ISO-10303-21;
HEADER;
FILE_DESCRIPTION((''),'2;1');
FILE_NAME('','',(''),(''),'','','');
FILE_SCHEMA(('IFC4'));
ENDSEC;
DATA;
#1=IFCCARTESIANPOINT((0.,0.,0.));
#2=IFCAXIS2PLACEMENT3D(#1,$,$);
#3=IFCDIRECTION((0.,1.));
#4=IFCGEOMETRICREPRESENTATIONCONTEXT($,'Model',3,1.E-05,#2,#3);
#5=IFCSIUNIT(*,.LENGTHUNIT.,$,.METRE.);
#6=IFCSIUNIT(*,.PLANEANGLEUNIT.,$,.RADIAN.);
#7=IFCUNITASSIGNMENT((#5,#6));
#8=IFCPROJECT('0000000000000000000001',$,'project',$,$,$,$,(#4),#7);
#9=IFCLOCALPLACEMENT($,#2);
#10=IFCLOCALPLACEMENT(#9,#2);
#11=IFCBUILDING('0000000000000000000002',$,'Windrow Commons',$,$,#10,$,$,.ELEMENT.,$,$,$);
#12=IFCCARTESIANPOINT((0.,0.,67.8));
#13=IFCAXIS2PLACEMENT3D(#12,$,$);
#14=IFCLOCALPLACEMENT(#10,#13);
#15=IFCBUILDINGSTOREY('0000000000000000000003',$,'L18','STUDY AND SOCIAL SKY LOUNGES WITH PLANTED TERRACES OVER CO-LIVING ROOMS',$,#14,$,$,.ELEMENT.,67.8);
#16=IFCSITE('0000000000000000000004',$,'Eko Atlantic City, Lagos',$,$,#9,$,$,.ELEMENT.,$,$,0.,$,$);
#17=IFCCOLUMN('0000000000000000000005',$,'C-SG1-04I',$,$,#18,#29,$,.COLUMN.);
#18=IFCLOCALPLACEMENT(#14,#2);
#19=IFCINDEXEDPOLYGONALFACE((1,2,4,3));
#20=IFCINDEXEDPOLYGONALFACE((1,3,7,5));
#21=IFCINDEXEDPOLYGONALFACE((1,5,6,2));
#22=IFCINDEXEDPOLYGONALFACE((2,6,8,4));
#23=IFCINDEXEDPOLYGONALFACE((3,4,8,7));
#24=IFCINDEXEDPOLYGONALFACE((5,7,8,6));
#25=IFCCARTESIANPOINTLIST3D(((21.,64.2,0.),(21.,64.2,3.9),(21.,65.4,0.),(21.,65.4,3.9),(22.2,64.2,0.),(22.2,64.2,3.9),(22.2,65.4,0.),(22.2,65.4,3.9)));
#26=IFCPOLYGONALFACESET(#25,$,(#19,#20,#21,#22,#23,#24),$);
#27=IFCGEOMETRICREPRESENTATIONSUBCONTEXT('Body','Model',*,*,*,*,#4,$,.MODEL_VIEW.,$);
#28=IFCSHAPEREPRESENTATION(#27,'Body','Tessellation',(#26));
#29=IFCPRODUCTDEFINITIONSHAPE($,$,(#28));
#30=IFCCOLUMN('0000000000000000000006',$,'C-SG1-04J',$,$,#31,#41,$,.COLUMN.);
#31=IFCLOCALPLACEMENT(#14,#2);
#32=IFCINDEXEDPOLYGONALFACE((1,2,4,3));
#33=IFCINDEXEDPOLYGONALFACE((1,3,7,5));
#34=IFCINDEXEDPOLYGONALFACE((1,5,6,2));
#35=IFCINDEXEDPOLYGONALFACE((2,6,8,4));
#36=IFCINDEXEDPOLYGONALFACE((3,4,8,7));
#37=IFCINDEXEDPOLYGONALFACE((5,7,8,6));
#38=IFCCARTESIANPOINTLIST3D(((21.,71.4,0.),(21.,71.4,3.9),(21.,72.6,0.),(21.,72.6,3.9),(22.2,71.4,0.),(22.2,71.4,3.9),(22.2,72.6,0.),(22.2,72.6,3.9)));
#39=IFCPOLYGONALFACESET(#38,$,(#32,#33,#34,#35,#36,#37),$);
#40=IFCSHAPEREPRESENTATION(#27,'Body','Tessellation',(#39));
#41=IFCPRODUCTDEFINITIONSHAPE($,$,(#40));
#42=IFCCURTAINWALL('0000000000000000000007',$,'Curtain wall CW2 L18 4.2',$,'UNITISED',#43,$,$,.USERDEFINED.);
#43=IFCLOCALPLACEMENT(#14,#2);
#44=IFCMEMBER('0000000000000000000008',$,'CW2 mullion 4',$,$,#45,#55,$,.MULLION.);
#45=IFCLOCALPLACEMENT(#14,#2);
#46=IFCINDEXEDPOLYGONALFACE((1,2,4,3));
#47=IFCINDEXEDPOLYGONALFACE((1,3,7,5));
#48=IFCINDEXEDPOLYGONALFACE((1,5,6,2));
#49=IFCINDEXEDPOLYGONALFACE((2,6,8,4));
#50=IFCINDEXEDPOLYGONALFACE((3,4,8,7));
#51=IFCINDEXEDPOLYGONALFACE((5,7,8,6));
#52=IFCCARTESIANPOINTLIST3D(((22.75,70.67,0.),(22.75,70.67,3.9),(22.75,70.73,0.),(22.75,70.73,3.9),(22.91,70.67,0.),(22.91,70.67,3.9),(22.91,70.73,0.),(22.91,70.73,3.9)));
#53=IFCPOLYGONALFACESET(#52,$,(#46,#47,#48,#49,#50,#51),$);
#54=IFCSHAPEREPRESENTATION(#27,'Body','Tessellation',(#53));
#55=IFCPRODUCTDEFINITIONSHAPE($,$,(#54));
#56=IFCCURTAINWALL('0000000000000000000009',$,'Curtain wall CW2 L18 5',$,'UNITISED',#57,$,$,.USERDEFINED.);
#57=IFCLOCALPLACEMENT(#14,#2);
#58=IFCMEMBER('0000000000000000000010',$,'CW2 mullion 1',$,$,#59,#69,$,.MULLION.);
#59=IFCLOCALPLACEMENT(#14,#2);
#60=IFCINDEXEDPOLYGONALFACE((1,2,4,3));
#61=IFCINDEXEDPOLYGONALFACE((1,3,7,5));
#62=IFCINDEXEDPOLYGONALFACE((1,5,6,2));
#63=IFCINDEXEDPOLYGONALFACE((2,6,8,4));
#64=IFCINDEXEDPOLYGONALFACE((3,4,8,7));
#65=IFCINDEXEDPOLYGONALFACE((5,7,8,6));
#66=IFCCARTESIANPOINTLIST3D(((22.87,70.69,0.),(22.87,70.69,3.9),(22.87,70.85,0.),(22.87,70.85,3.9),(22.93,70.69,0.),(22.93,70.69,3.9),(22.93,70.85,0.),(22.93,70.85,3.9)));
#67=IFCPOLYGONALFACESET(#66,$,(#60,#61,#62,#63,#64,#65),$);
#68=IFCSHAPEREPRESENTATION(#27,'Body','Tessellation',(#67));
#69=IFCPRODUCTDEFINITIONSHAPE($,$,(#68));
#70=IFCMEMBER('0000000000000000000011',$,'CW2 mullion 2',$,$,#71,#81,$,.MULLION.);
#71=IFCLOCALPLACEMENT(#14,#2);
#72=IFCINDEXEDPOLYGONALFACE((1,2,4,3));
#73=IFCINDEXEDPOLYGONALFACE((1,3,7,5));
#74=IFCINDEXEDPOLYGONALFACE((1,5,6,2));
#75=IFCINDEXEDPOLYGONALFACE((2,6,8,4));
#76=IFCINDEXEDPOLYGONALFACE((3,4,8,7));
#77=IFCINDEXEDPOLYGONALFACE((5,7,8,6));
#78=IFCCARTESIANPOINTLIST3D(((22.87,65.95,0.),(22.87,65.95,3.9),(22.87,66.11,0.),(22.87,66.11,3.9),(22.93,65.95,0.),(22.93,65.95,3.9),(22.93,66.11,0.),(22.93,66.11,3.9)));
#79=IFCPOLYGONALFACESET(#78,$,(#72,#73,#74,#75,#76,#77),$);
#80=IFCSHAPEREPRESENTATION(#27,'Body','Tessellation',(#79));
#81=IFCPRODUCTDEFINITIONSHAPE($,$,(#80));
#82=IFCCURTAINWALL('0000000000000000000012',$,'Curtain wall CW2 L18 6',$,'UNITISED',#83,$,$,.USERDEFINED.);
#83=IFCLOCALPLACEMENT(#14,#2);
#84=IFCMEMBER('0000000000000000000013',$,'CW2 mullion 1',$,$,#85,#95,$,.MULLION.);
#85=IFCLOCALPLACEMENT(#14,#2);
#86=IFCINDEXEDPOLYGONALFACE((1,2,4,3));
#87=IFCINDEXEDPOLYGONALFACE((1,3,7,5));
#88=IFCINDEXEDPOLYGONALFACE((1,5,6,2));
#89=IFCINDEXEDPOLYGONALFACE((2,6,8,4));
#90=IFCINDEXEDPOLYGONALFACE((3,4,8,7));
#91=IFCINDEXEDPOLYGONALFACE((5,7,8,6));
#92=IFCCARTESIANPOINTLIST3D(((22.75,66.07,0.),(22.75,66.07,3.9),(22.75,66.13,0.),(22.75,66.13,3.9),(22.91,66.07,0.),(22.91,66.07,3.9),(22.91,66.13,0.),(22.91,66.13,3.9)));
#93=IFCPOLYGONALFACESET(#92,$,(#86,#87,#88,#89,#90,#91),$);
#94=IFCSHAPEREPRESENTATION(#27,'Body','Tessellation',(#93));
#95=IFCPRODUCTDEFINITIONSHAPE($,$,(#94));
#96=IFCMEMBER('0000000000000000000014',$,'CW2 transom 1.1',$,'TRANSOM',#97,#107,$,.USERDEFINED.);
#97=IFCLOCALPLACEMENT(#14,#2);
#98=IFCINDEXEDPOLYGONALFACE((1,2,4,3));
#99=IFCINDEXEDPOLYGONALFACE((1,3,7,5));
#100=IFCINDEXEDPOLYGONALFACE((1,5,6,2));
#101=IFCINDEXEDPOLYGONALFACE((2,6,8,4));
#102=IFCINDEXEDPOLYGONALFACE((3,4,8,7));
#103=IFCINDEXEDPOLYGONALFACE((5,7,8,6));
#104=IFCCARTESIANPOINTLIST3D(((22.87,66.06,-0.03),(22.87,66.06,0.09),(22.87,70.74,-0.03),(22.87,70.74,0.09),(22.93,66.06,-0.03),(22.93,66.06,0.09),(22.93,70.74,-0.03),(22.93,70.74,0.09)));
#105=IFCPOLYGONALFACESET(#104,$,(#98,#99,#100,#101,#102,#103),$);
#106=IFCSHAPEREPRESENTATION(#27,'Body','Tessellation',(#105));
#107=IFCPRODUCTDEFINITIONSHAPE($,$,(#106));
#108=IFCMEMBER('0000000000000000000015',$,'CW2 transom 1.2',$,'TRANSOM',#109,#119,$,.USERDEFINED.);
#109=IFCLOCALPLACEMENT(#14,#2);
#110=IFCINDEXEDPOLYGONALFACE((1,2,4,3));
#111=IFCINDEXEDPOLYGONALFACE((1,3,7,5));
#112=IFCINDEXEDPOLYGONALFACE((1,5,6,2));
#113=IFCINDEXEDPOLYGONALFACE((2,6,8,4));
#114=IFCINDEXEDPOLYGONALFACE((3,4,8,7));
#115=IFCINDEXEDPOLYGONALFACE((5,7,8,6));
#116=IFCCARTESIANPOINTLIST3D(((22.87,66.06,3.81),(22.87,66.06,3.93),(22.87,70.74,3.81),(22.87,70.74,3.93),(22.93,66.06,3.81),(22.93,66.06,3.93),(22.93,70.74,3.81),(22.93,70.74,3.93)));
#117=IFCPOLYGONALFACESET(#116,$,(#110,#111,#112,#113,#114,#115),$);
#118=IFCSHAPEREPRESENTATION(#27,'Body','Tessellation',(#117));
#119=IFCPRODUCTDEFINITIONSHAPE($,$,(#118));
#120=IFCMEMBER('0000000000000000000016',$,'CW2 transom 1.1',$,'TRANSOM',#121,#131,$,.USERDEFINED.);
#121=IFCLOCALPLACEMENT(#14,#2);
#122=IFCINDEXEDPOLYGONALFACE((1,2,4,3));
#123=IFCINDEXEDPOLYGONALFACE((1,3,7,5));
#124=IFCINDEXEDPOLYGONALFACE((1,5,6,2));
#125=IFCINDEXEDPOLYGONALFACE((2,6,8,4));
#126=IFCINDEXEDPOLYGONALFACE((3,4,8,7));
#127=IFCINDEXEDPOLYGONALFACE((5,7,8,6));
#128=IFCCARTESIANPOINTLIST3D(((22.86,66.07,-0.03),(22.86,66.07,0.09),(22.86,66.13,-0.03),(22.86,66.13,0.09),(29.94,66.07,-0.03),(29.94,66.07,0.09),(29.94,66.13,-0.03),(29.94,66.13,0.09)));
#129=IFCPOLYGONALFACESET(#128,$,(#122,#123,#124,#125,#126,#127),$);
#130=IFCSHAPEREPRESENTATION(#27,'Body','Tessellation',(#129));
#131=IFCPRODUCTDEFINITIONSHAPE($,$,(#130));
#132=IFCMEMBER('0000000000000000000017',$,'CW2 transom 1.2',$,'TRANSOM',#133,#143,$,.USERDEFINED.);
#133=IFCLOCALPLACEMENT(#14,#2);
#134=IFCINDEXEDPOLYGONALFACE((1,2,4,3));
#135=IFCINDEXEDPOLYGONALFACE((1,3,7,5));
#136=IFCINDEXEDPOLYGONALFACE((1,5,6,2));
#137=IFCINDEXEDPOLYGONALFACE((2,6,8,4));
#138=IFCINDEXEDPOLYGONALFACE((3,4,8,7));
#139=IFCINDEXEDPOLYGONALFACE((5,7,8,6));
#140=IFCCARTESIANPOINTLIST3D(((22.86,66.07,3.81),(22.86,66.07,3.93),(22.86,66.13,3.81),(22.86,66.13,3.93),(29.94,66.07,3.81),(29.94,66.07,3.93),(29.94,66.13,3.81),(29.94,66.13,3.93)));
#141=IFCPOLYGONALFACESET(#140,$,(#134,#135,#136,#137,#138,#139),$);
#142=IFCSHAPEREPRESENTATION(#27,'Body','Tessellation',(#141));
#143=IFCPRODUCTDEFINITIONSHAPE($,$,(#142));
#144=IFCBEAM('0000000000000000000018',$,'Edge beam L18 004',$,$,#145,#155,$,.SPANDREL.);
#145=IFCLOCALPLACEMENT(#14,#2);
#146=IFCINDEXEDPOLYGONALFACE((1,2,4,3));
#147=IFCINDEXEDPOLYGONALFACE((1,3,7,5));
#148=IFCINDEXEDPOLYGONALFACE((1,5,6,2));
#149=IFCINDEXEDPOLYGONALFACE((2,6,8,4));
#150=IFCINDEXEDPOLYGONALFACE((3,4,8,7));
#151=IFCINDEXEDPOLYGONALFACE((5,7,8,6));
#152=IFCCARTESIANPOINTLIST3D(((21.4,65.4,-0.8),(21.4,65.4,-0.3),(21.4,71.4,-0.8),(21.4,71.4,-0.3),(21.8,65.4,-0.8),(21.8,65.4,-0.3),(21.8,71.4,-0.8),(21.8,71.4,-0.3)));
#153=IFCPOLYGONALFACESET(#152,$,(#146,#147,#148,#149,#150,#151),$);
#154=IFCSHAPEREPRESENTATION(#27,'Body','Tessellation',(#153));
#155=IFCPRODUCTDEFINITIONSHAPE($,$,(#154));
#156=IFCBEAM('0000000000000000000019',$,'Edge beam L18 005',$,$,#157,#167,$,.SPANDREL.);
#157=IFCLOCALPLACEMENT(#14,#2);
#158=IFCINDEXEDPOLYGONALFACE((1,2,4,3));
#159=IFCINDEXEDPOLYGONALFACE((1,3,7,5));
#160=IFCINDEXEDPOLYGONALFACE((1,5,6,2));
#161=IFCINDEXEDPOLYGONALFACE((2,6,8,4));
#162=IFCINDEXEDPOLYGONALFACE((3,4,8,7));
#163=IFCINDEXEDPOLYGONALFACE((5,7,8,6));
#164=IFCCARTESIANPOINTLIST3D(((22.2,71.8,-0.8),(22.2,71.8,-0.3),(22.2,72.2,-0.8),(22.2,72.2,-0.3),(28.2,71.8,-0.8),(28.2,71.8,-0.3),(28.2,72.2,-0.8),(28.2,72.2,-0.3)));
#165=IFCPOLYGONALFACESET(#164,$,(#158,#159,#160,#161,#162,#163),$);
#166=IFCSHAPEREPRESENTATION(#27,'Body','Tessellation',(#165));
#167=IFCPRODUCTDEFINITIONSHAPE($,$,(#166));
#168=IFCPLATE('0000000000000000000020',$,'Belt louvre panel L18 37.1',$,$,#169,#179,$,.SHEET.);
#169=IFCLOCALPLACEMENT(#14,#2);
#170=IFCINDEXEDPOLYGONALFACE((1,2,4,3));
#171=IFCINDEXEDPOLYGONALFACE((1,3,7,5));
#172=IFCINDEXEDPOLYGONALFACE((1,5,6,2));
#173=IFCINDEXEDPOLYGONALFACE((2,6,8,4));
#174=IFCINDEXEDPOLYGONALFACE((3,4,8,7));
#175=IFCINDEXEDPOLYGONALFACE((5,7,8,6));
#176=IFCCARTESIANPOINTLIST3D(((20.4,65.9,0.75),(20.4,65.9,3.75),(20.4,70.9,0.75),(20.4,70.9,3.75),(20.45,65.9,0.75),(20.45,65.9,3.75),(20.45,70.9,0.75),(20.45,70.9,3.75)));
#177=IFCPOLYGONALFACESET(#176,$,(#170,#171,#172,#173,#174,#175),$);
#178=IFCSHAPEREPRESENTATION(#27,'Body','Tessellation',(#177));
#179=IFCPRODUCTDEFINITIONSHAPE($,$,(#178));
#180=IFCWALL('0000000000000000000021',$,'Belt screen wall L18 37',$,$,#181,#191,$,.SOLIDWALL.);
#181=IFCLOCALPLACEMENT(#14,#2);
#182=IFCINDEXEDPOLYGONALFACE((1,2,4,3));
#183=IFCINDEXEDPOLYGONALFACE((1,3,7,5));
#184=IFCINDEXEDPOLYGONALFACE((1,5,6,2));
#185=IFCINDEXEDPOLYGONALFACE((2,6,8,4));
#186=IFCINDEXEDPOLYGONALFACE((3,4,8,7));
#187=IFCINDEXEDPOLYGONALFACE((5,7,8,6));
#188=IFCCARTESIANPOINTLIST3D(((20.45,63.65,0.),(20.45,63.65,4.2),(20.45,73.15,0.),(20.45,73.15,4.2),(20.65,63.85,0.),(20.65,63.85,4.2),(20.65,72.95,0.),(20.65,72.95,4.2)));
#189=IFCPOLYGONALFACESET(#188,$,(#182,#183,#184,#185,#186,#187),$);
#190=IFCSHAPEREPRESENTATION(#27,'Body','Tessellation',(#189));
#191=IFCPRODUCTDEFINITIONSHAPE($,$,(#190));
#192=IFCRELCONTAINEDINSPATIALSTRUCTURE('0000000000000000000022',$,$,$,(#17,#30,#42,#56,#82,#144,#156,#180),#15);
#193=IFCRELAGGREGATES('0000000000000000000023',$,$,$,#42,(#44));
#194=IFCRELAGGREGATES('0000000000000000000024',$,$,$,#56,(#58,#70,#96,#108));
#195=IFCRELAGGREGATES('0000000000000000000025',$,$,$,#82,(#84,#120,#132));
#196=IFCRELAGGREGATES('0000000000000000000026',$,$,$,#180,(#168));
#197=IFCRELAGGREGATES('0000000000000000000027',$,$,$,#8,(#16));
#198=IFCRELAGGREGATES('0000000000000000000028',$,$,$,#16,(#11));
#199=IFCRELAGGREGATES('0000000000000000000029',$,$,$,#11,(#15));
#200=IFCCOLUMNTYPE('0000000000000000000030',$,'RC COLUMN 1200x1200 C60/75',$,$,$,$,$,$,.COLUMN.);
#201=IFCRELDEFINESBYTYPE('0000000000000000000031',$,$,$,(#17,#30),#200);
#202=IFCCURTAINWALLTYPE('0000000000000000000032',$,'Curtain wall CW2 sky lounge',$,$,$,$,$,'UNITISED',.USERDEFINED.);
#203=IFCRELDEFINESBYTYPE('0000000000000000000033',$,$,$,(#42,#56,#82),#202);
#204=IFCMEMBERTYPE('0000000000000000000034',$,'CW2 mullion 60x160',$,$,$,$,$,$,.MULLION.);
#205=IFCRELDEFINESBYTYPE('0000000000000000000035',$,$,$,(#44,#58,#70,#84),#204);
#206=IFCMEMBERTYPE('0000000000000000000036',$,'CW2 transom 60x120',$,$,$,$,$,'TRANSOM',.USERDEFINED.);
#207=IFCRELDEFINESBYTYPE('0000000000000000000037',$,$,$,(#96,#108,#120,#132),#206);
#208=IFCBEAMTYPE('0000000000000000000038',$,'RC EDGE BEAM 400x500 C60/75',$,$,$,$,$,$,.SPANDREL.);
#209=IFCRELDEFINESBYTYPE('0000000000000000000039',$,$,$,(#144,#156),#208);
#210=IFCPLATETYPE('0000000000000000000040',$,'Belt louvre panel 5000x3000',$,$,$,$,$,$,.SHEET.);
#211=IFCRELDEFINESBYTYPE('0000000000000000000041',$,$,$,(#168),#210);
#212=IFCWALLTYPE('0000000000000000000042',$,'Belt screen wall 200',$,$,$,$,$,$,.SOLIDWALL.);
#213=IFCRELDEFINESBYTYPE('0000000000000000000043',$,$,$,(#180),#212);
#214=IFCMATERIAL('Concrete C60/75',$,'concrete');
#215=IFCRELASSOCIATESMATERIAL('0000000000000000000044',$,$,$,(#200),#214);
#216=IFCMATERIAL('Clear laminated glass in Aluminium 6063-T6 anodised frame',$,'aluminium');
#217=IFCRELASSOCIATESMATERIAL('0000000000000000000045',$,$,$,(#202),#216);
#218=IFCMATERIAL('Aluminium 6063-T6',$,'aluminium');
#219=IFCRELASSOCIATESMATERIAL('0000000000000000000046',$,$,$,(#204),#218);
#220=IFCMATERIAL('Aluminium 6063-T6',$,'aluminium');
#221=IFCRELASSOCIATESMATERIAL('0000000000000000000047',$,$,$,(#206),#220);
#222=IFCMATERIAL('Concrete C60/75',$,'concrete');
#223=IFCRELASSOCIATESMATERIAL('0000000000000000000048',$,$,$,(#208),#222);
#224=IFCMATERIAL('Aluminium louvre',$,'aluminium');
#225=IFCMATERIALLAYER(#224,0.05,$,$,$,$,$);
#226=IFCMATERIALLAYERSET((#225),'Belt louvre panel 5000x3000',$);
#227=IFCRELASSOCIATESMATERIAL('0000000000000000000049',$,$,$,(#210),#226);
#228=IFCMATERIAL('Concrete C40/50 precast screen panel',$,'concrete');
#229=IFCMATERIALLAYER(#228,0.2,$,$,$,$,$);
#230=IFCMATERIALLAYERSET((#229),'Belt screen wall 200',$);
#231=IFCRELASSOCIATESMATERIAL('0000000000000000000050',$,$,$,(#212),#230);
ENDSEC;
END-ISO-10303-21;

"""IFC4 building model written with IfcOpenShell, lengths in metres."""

from ifc_helpers import new_model, si_unit, direction, frame, origin, origin_2d, place, context, subcontext, project, spatial, polyline, rectangle, outline, extrude, material, layer, layer_set, material_profile, profile_set, type_object, element, aggregate, save


model = new_model("IFC4")

# Units and contexts
model_context = context("Model", 3, precision=1e-05, world=origin(), true_north=direction((0.0, 1.0)))
body_context = subcontext(model_context, "Body", "Model", "MODEL_VIEW")
ifc_project = project(units=[si_unit("LENGTHUNIT", "METRE"), si_unit("PLANEANGLEUNIT", "RADIAN")], contexts=[model_context])

# Site, building, storey
site_placement = place(None, origin())
site = spatial("IfcSite", under=ifc_project, at=site_placement, Name="Eko Atlantic City, Lagos", CompositionType="ELEMENT", RefElevation=0.0)
building_placement = place(site_placement, origin())
building = spatial("IfcBuilding", under=site, at=building_placement, Name="Windrow Commons", CompositionType="ELEMENT")
storey_placement = place(building_placement, frame((0.0, 0.0, 67.8)))
storey = spatial("IfcBuildingStorey", under=building, at=storey_placement, Name="L18", Description="STUDY AND SOCIAL SKY LOUNGES WITH PLANTED TERRACES OVER CO-LIVING ROOMS", CompositionType="ELEMENT", Elevation=67.8)

# Columns
ifc_material_1 = material(Name="Concrete C60/75", Category="concrete")
ifc_material_profile_1 = material_profile(ifc_material_1, rectangle(XDim=1.2, YDim=1.2, at=origin_2d()))
ifc_profile_set_1 = profile_set([ifc_material_profile_1], Name="Concrete C60/75")
column_type = type_object("IfcColumnType", Name="RC COLUMN 1200x1200 C60/75", PredefinedType="COLUMN", material=ifc_profile_set_1)
for number, where, z_axis, x_axis, name in (
    (1, (21.6, 64.8, 0.0), (0.0, 0.0, 1.0), (1.0, 0.0, 0.0), "C-SG1-04I"),
    (2, (21.6, 72.0, 0.0), (0.0, 0.0, 1.0), (1.0, 0.0, 0.0), "C-SG1-04J"),
):
    element("IfcColumn", number, at=place(storey_placement, frame(where, z_axis=z_axis, x_axis=x_axis)), inside=storey, type_object=column_type, Name=name, PredefinedType="COLUMN", context=body_context, shape_type="SweptSolid", body=[
        extrude(rectangle(XDim=1.2, YDim=1.2, at=origin_2d()), origin(), (0.0, 0.0, 1.0), 3.9),
    ])

# Curtain wall, member
ifc_material_2 = material(Name="Clear laminated glass in Aluminium 6063-T6 anodised frame", Category="aluminium")
curtain_wall_type = type_object("IfcCurtainWallType", Name="Curtain wall CW2 sky lounge", ElementType="UNITISED", PredefinedType="USERDEFINED", material=ifc_material_2)
placement = place(storey_placement, origin())
curtain_wall_1 = element("IfcCurtainWall", 3, at=placement, inside=storey, type_object=curtain_wall_type, Name="Curtain wall CW2 L18 4.2", ObjectType="UNITISED", PredefinedType="USERDEFINED")
ifc_material_3 = material(Name="Aluminium 6063-T6", Category="aluminium")
ifc_material_profile_2 = material_profile(ifc_material_3, rectangle(XDim=0.06, YDim=0.16, at=origin_2d()))
ifc_profile_set_2 = profile_set([ifc_material_profile_2], Name="Aluminium 6063-T6")
member_type_1 = type_object("IfcMemberType", Name="CW2 mullion 60x160", PredefinedType="MULLION", material=ifc_profile_set_2)
member_1_placement = place(storey_placement, frame((22.83, 70.7, 0.0), z_axis=(0.0, 0.0, 1.0), x_axis=(0.0, -1.0, 0.0)))
member_1 = element("IfcMember", 4, at=member_1_placement, type_object=member_type_1, Name="CW2 mullion 4", PredefinedType="MULLION", context=body_context, shape_type="SweptSolid", body=[
    extrude(rectangle(XDim=0.06, YDim=0.16, at=origin_2d()), origin(), (0.0, 0.0, 1.0), 3.9),
])

# Curtain wall, members
curtain_wall_2 = element("IfcCurtainWall", 5, at=placement, inside=storey, type_object=curtain_wall_type, Name="Curtain wall CW2 L18 5", ObjectType="UNITISED", PredefinedType="USERDEFINED")
member_2_placement = place(storey_placement, frame((22.9, 70.77, 0.0), z_axis=(0.0, 0.0, 1.0), x_axis=(1.0, 0.0, 0.0)))
member_2 = element("IfcMember", 6, at=member_2_placement, type_object=member_type_1, Name="CW2 mullion 1", PredefinedType="MULLION", context=body_context, shape_type="SweptSolid", body=[
    extrude(rectangle(XDim=0.06, YDim=0.16, at=origin_2d()), origin(), (0.0, 0.0, 1.0), 3.9),
])
member_3_placement = place(storey_placement, frame((22.9, 66.03, 0.0), z_axis=(0.0, 0.0, 1.0), x_axis=(1.0, 0.0, 0.0)))
member_3 = element("IfcMember", 7, at=member_3_placement, type_object=member_type_1, Name="CW2 mullion 2", PredefinedType="MULLION", context=body_context, shape_type="SweptSolid", body=[
    extrude(rectangle(XDim=0.06, YDim=0.16, at=origin_2d()), origin(), (0.0, 0.0, 1.0), 3.9),
])

# Curtain wall, member
curtain_wall_3 = element("IfcCurtainWall", 8, at=placement, inside=storey, type_object=curtain_wall_type, Name="Curtain wall CW2 L18 6", ObjectType="UNITISED", PredefinedType="USERDEFINED")
member_4_placement = place(storey_placement, frame((22.83, 66.1, 0.0), z_axis=(0.0, 0.0, 1.0), x_axis=(0.0, 1.0, 0.0)))
member_4 = element("IfcMember", 9, at=member_4_placement, type_object=member_type_1, Name="CW2 mullion 1", PredefinedType="MULLION", context=body_context, shape_type="SweptSolid", body=[
    extrude(rectangle(XDim=0.06, YDim=0.16, at=origin_2d()), origin(), (0.0, 0.0, 1.0), 3.9),
])

# Members
ifc_material_4 = material(Name="Aluminium 6063-T6", Category="aluminium")
ifc_material_profile_3 = material_profile(ifc_material_4, rectangle(XDim=0.06, YDim=0.12, at=origin_2d()))
ifc_profile_set_3 = profile_set([ifc_material_profile_3], Name="Aluminium 6063-T6")
member_type_2 = type_object("IfcMemberType", Name="CW2 transom 60x120", ElementType="TRANSOM", PredefinedType="USERDEFINED", material=ifc_profile_set_3)
member_5_placement = place(storey_placement, frame((22.9, 70.74, 0.03), z_axis=(0.0, -1.0, 0.0), x_axis=(1.0, 0.0, 0.0)))
member_5 = element("IfcMember", 10, at=member_5_placement, type_object=member_type_2, Name="CW2 transom 1.1", ObjectType="TRANSOM", PredefinedType="USERDEFINED", context=body_context, shape_type="SweptSolid", body=[
    extrude(rectangle(XDim=0.06, YDim=0.12, at=origin_2d()), origin(), (0.0, 0.0, 1.0), 4.68),
])
member_6_placement = place(storey_placement, frame((22.9, 70.74, 3.87), z_axis=(0.0, -1.0, 0.0), x_axis=(1.0, 0.0, 0.0)))
member_6 = element("IfcMember", 11, at=member_6_placement, type_object=member_type_2, Name="CW2 transom 1.2", ObjectType="TRANSOM", PredefinedType="USERDEFINED", context=body_context, shape_type="SweptSolid", body=[
    extrude(rectangle(XDim=0.06, YDim=0.12, at=origin_2d()), origin(), (0.0, 0.0, 1.0), 4.68),
])
member_7_placement = place(storey_placement, frame((22.86, 66.1, 0.03), z_axis=(1.0, 0.0, 0.0), x_axis=(0.0, 1.0, 0.0)))
member_7 = element("IfcMember", 12, at=member_7_placement, type_object=member_type_2, Name="CW2 transom 1.1", ObjectType="TRANSOM", PredefinedType="USERDEFINED", context=body_context, shape_type="SweptSolid", body=[
    extrude(rectangle(XDim=0.06, YDim=0.12, at=origin_2d()), origin(), (0.0, 0.0, 1.0), 7.08),
])
member_8_placement = place(storey_placement, frame((22.86, 66.1, 3.87), z_axis=(1.0, 0.0, 0.0), x_axis=(0.0, 1.0, 0.0)))
member_8 = element("IfcMember", 13, at=member_8_placement, type_object=member_type_2, Name="CW2 transom 1.2", ObjectType="TRANSOM", PredefinedType="USERDEFINED", context=body_context, shape_type="SweptSolid", body=[
    extrude(rectangle(XDim=0.06, YDim=0.12, at=origin_2d()), origin(), (0.0, 0.0, 1.0), 7.08),
])

# Beams
ifc_material_5 = material(Name="Concrete C60/75", Category="concrete")
ifc_material_profile_4 = material_profile(ifc_material_5, rectangle(XDim=0.4, YDim=0.5, at=origin_2d()))
ifc_profile_set_4 = profile_set([ifc_material_profile_4], Name="Concrete C60/75")
beam_type = type_object("IfcBeamType", Name="RC EDGE BEAM 400x500 C60/75", PredefinedType="SPANDREL", material=ifc_profile_set_4)
for number, where, z_axis, x_axis, name in (
    (14, (21.6, 65.4, -0.55), (0.0, 1.0, 0.0), (-1.0, 0.0, 0.0), "Edge beam L18 004"),
    (15, (22.2, 72.0, -0.55), (1.0, 0.0, 0.0), (0.0, 1.0, 0.0), "Edge beam L18 005"),
):
    element("IfcBeam", number, at=place(storey_placement, frame(where, z_axis=z_axis, x_axis=x_axis)), inside=storey, type_object=beam_type, Name=name, PredefinedType="SPANDREL", context=body_context, shape_type="SweptSolid", body=[
        extrude(rectangle(XDim=0.4, YDim=0.5, at=origin_2d()), origin(), (0.0, 0.0, 1.0), 6.0),
    ])

# Plate
ifc_material_6 = material(Name="Aluminium louvre", Category="aluminium")
ifc_layer_1 = layer(ifc_material_6, 0.05)
ifc_layer_set_1 = layer_set([ifc_layer_1], Name="Belt louvre panel 5000x3000")
plate_type_1 = type_object("IfcPlateType", Name="Belt louvre panel 5000x3000", PredefinedType="SHEET", material=ifc_layer_set_1)
plate_1_placement = place(storey_placement, frame((20.4, 70.9, 0.75), z_axis=(-1.0, 0.0, 0.0), x_axis=(0.0, -1.0, 0.0)))
plate_1 = element("IfcPlate", 16, at=plate_1_placement, type_object=plate_type_1, Name="Belt louvre panel L18 37.1", PredefinedType="SHEET", context=body_context, shape_type="SweptSolid", body=[
    extrude(outline(polyline([(0.0, 0.0), (5.0, 0.0), (5.0, 3.0), (0.0, 3.0), (0.0, 0.0)])), origin(), (0.0, 0.0, -1.0), 0.05),
])
aggregate(curtain_wall_1, [member_1])
aggregate(curtain_wall_2, [member_2, member_3, member_5, member_6])
aggregate(curtain_wall_3, [member_4, member_7, member_8])

# Wall
ifc_material_7 = material(Name="Concrete C40/50 precast screen panel", Category="concrete")
ifc_layer_2 = layer(ifc_material_7, 0.2)
ifc_layer_set_2 = layer_set([ifc_layer_2], Name="Belt screen wall 200")
wall_type_1 = type_object("IfcWallType", Name="Belt screen wall 200", PredefinedType="SOLIDWALL", material=ifc_layer_set_2)
wall_1_placement = place(storey_placement, frame((20.55, 73.05, 0.0), z_axis=(0.0, 0.0, 1.0), x_axis=(0.0, -1.0, 0.0)))
wall_1 = element("IfcWall", 17, at=wall_1_placement, inside=storey, type_object=wall_type_1, Name="Belt screen wall L18 37", PredefinedType="SOLIDWALL", context=body_context, shape_type="SweptSolid", body=[
    extrude(outline(polyline([(-0.1, -0.1), (9.4, -0.1), (9.2, 0.1), (0.1, 0.1), (-0.1, -0.1)])), origin(), (0.0, 0.0, 1.0), 4.2),
])
aggregate(wall_1, [plate_1])

save(model, "model.ifc")
